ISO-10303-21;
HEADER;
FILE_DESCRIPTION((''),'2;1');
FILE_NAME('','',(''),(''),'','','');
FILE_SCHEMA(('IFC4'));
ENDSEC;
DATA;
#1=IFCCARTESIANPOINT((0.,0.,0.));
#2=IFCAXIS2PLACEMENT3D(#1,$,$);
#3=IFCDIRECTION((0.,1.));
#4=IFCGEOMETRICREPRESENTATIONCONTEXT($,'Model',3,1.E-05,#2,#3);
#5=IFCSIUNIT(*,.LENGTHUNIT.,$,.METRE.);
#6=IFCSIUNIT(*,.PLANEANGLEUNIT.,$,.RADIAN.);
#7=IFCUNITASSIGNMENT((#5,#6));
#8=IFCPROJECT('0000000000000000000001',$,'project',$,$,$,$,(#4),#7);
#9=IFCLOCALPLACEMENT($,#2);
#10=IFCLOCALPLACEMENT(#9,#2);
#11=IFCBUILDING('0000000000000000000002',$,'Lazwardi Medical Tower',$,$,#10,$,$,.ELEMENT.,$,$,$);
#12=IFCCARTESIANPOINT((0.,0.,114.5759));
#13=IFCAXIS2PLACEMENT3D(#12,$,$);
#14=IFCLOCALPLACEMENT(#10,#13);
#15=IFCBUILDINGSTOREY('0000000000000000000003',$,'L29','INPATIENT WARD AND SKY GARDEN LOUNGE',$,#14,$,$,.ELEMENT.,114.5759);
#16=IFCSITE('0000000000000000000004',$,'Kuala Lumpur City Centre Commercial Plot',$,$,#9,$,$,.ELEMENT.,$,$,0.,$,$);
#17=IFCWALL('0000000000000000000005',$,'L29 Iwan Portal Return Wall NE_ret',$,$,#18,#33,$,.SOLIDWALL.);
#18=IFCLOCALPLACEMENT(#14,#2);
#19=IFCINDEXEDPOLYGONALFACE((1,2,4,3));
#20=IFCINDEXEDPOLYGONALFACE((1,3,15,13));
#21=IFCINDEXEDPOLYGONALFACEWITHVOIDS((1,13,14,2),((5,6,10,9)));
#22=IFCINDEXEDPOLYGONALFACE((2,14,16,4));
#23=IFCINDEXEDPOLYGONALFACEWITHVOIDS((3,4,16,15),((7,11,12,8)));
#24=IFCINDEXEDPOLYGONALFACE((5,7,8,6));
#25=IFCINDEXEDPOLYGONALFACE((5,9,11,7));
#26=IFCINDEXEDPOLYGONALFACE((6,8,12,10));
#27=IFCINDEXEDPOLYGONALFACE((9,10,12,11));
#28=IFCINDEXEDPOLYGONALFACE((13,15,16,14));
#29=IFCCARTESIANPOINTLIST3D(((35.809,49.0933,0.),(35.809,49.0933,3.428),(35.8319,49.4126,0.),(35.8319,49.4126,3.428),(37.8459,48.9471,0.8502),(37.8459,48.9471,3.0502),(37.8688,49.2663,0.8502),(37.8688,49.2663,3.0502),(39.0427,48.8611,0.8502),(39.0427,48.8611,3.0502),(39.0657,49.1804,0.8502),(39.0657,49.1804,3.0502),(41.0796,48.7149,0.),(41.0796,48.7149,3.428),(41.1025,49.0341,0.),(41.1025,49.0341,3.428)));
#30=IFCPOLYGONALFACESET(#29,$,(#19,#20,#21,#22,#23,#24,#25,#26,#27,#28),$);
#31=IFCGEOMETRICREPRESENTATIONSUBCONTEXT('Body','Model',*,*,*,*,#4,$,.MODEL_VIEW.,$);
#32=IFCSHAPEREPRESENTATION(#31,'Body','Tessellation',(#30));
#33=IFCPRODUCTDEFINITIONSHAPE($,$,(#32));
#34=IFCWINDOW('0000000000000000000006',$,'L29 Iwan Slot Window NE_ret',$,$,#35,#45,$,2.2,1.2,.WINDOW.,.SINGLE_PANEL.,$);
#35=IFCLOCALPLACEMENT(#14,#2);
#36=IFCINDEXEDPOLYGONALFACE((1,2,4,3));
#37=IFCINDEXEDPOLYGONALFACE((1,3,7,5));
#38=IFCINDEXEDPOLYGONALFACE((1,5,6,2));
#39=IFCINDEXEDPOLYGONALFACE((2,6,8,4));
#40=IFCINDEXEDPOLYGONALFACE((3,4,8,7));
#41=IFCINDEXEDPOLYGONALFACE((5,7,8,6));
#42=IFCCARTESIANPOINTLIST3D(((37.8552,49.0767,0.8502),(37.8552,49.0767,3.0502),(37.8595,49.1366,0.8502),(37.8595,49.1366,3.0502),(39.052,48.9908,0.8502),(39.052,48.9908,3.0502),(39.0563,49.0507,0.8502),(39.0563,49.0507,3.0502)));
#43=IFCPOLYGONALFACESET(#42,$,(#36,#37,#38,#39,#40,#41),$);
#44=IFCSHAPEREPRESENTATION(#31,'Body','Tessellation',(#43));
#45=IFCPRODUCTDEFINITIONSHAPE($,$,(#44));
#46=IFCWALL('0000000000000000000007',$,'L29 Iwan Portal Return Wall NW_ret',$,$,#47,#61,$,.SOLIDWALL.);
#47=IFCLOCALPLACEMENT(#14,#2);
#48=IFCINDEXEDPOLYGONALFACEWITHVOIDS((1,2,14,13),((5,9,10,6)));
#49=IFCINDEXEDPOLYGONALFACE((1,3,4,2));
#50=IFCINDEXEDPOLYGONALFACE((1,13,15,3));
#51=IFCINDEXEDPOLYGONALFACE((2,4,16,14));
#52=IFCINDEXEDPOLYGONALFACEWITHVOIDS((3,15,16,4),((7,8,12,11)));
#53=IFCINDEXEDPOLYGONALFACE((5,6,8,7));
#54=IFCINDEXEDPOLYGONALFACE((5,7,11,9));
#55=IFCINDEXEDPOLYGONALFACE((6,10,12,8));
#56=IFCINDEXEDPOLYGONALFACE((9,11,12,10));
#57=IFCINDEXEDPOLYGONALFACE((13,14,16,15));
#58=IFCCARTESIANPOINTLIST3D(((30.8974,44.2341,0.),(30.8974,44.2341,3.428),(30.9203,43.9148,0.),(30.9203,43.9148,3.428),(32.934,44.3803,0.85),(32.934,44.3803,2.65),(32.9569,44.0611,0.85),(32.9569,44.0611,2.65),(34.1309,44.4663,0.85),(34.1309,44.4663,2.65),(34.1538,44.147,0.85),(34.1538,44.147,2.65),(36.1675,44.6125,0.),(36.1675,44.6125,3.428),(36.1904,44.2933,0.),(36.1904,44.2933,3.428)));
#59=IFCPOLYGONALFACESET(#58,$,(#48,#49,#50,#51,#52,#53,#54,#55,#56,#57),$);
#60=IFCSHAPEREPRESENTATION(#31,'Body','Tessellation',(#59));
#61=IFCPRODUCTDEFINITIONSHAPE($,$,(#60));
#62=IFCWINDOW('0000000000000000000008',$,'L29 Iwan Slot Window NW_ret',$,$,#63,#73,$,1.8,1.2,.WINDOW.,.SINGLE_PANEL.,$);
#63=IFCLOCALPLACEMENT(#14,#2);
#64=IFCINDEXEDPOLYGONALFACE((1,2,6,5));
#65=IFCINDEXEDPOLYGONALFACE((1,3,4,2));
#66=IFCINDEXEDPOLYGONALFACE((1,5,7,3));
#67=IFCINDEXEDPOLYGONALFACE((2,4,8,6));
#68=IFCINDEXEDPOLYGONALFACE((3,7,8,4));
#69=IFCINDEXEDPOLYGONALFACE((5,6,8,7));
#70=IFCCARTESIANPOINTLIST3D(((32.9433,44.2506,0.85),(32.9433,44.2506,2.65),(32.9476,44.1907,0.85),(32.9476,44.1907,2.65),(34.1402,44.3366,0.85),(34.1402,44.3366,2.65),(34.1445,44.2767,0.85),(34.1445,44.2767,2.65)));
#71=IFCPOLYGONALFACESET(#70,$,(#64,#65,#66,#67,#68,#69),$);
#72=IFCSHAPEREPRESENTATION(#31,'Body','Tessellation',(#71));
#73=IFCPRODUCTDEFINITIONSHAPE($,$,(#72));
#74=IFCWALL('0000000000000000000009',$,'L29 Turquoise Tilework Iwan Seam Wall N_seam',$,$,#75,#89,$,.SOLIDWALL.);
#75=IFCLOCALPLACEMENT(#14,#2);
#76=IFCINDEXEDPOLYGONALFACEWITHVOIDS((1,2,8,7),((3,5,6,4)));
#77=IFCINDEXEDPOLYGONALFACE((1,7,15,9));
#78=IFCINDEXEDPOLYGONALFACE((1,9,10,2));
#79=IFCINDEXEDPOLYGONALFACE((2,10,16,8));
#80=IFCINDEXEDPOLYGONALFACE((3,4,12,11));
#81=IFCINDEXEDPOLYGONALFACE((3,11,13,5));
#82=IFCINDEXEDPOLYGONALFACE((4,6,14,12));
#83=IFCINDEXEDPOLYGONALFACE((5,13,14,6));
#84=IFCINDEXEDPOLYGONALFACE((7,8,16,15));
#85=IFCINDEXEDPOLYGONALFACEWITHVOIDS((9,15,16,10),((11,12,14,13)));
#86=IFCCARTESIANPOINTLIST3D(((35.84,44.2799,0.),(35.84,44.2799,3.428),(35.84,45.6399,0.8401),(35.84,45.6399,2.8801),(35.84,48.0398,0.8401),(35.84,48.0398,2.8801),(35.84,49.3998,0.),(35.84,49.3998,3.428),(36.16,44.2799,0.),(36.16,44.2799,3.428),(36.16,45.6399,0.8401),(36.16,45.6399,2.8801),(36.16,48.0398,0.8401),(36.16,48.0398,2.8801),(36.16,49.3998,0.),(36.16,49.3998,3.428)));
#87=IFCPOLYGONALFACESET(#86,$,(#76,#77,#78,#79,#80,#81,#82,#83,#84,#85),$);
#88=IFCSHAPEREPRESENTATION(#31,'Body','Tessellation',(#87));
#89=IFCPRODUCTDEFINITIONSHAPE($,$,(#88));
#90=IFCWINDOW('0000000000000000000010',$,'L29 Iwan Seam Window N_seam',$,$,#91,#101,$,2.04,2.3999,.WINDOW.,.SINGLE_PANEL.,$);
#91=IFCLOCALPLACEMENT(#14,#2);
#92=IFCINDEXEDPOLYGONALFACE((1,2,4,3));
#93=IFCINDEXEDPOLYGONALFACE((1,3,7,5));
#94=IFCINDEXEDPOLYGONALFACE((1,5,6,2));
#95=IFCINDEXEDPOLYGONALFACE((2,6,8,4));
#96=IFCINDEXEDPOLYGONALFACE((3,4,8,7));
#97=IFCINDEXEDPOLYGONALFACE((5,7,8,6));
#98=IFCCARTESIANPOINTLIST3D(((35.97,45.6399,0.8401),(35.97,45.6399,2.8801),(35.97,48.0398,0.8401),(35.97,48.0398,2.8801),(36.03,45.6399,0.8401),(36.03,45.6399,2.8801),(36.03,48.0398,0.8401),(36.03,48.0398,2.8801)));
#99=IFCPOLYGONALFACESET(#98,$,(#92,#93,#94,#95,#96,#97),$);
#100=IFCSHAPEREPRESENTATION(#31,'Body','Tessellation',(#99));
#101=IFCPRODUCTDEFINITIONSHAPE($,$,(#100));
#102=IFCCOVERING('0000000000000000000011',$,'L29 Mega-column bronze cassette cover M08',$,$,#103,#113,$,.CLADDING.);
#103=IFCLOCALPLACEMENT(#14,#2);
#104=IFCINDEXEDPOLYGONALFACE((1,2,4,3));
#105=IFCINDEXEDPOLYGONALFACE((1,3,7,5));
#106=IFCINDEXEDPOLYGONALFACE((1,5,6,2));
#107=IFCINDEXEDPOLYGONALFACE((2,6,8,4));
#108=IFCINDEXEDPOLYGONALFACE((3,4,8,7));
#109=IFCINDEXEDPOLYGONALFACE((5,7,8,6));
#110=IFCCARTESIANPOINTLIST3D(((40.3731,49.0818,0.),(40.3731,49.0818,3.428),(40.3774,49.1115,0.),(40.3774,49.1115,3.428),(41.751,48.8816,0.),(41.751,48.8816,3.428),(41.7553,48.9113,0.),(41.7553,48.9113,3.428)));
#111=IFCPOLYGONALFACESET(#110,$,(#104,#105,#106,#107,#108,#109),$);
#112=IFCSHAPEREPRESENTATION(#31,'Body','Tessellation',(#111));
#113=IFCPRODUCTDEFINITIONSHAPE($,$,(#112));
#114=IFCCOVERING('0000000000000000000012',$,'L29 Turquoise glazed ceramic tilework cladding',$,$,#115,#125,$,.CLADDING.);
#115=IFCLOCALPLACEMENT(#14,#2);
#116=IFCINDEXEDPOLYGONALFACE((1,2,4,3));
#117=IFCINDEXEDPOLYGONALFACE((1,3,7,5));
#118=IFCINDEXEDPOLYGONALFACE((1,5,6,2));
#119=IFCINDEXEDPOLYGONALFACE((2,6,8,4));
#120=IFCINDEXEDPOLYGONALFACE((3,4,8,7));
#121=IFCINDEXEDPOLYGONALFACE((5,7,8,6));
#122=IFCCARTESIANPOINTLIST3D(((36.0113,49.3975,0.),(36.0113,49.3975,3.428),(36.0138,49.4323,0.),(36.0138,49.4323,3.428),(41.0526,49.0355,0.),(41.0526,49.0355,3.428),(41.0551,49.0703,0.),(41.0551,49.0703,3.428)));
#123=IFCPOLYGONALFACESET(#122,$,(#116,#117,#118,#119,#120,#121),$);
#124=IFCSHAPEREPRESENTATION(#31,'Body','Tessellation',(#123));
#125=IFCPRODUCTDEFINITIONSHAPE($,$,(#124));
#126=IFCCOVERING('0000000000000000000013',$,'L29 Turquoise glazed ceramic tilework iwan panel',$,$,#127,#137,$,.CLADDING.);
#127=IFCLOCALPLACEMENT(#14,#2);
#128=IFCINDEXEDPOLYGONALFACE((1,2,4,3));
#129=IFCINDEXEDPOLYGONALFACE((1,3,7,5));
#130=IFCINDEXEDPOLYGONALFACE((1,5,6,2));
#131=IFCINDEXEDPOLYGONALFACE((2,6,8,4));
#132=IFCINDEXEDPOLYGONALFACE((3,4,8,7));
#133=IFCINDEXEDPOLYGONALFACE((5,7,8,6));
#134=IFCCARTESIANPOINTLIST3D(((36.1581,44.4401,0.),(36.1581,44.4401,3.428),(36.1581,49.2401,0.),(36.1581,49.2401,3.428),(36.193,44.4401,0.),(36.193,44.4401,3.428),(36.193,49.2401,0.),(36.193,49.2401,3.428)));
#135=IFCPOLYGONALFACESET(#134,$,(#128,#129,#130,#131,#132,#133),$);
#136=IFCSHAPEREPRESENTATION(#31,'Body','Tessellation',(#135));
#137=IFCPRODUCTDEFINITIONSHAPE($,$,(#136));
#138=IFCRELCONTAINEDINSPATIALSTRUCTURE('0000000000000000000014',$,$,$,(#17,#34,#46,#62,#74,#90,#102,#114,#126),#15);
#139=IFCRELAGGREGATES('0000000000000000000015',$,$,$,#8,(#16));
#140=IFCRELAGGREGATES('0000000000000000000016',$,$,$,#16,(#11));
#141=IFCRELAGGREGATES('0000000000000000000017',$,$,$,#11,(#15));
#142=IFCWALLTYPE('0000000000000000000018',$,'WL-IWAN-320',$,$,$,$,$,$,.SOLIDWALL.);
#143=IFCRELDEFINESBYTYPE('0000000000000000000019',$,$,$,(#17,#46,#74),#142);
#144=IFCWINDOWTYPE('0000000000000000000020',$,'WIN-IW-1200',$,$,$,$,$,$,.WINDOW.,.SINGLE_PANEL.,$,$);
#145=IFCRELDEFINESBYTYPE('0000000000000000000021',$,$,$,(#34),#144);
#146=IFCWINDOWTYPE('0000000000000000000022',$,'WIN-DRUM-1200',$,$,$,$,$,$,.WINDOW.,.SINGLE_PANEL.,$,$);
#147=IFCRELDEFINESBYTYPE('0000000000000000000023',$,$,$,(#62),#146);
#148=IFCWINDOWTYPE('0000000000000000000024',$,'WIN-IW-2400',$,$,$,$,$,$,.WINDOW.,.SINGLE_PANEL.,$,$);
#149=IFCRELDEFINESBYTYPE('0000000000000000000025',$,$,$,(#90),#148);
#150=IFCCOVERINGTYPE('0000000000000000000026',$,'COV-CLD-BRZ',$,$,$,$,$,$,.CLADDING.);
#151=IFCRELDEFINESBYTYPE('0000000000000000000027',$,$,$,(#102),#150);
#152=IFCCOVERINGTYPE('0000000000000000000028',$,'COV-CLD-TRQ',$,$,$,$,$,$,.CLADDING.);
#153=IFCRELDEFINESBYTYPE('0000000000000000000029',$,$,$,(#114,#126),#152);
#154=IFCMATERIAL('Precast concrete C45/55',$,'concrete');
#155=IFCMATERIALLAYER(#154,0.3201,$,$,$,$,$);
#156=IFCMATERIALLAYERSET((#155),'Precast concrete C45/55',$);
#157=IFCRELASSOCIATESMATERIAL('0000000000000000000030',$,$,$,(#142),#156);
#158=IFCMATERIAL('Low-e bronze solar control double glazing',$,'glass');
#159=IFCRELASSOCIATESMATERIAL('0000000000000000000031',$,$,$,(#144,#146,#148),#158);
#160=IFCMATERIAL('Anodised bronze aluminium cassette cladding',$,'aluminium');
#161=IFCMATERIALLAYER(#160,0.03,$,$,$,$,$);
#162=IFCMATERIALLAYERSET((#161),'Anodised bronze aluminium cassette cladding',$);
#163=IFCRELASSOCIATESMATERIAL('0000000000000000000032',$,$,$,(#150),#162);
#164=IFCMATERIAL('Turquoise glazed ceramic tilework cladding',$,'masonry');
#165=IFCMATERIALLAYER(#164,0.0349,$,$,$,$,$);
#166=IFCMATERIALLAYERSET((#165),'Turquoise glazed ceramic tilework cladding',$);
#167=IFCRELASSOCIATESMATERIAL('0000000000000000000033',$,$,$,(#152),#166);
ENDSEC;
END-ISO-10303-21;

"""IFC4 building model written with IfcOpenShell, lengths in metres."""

from ifc_helpers import new_model, si_unit, direction, frame, frame_2d, origin, origin_2d, place, context, subcontext, project, spatial, rectangle, extrude, material, layer, layer_set, type_object, element, fill, save


model = new_model("IFC4")

# Units and contexts
model_context = context("Model", 3, precision=1e-05, world=origin(), true_north=direction((0.0, 1.0)))
body_context = subcontext(model_context, "Body", "Model", "MODEL_VIEW")
ifc_project = project(units=[si_unit("LENGTHUNIT", "METRE"), si_unit("PLANEANGLEUNIT", "RADIAN")], contexts=[model_context])

# Site, building, storey
site_placement = place(None, origin())
site = spatial("IfcSite", under=ifc_project, at=site_placement, Name="Kuala Lumpur City Centre Commercial Plot", CompositionType="ELEMENT", RefElevation=0.0)
building_placement = place(site_placement, origin())
building = spatial("IfcBuilding", under=site, at=building_placement, Name="Lazwardi Medical Tower", CompositionType="ELEMENT")
storey_placement = place(building_placement, frame((0.0, 0.0, 114.5759)))
storey = spatial("IfcBuildingStorey", under=building, at=storey_placement, Name="L29", Description="INPATIENT WARD AND SKY GARDEN LOUNGE", CompositionType="ELEMENT", Elevation=114.5759)

# Shared definitions
ifc_material_1 = material(Name="Low-e bronze solar control double glazing", Category="glass")

# Walls, openings, windows
ifc_material_2 = material(Name="Precast concrete C45/55", Category="concrete")
ifc_layer_1 = layer(ifc_material_2, 0.3201)
ifc_layer_set_1 = layer_set([ifc_layer_1], Name="Precast concrete C45/55")
wall_type_1 = type_object("IfcWallType", Name="WL-IWAN-320", PredefinedType="SOLIDWALL", material=ifc_layer_set_1)
wall_1_placement = place(storey_placement, frame((41.0911, 48.8745, 0.0), z_axis=(0.0, 0.0, 1.0), x_axis=(-0.997432, 0.071615, 0.0)))
wall_1 = element("IfcWall", 1, at=wall_1_placement, inside=storey, type_object=wall_type_1, Name="L29 Iwan Portal Return Wall NE_ret", PredefinedType="SOLIDWALL", context=body_context, shape_type="SweptSolid", body=[
    extrude(rectangle(XDim=5.2842, YDim=0.3201, at=frame_2d((2.6421, 0.0))), origin(), (0.0, 0.0, 1.0), 3.428),
])
opening_1_placement = place(wall_1_placement, frame((2.042, 0.0, 0.8501)))
opening_1 = element("IfcOpeningElement", 2, at=opening_1_placement, cuts=wall_1, PredefinedType="OPENING", context=body_context, shape_type="SweptSolid", body=[
    extrude(rectangle(XDim=1.2, YDim=2.2, at=frame_2d((0.6001, 1.1001))), frame((0.0, 0.1699, 0.0), z_axis=(0.0, -1.0, 0.0), x_axis=(1.0, 0.0, 0.0)), (0.0, 0.0, 1.0), 0.3401),
])
window_type_1 = type_object("IfcWindowType", Name="WIN-IW-1200", PartitioningType="SINGLE_PANEL", PredefinedType="WINDOW", material=ifc_material_1)
window_1_placement = place(opening_1_placement, origin())
window_1 = element("IfcWindow", 3, at=window_1_placement, inside=storey, type_object=window_type_1, Name="L29 Iwan Slot Window NE_ret", OverallHeight=2.2, OverallWidth=1.2, PartitioningType="SINGLE_PANEL", PredefinedType="WINDOW", context=body_context, shape_type="SweptSolid", body=[
    extrude(rectangle(XDim=1.2, YDim=2.2, at=frame_2d((0.6001, 1.1001))), frame((0.0, 0.03, 0.0), z_axis=(0.0, -1.0, 0.0), x_axis=(1.0, 0.0, 0.0)), (0.0, 0.0, 1.0), 0.0601),
])
fill(opening_1, window_1)
wall_2_placement = place(storey_placement, frame((36.179, 44.4529, 0.0), z_axis=(0.0, 0.0, 1.0), x_axis=(-0.997432, -0.071621, 0.0)))
wall_2 = element("IfcWall", 4, at=wall_2_placement, inside=storey, type_object=wall_type_1, Name="L29 Iwan Portal Return Wall NW_ret", PredefinedType="SOLIDWALL", context=body_context, shape_type="SweptSolid", body=[
    extrude(rectangle(XDim=5.2837, YDim=0.3201, at=frame_2d((2.6418, 0.0))), origin(), (0.0, 0.0, 1.0), 3.428),
])
opening_2_placement = place(wall_2_placement, frame((2.0417, 0.0, 0.8501)))
opening_2 = element("IfcOpeningElement", 5, at=opening_2_placement, cuts=wall_2, PredefinedType="OPENING", context=body_context, shape_type="SweptSolid", body=[
    extrude(rectangle(XDim=1.2, YDim=1.8, at=frame_2d((0.6001, 0.8999))), frame((0.0, 0.1699, 0.0), z_axis=(0.0, -1.0, 0.0), x_axis=(1.0, 0.0, 0.0)), (0.0, 0.0, 1.0), 0.3401),
])
window_type_2 = type_object("IfcWindowType", Name="WIN-DRUM-1200", PartitioningType="SINGLE_PANEL", PredefinedType="WINDOW", material=ifc_material_1)
window_2_placement = place(opening_2_placement, origin())
window_2 = element("IfcWindow", 6, at=window_2_placement, inside=storey, type_object=window_type_2, Name="L29 Iwan Slot Window NW_ret", OverallHeight=1.8, OverallWidth=1.2, PartitioningType="SINGLE_PANEL", PredefinedType="WINDOW", context=body_context, shape_type="SweptSolid", body=[
    extrude(rectangle(XDim=1.2, YDim=1.8, at=frame_2d((0.6001, 0.8999))), frame((0.0, 0.03, 0.0), z_axis=(0.0, -1.0, 0.0), x_axis=(1.0, 0.0, 0.0)), (0.0, 0.0, 1.0), 0.0601),
])
fill(opening_2, window_2)
wall_3_placement = place(storey_placement, frame((36.0, 49.3999, 0.0), z_axis=(0.0, 0.0, 1.0), x_axis=(0.0, -1.0, 0.0)))
wall_3 = element("IfcWall", 7, at=wall_3_placement, inside=storey, type_object=wall_type_1, Name="L29 Turquoise Tilework Iwan Seam Wall N_seam", PredefinedType="SOLIDWALL", context=body_context, shape_type="SweptSolid", body=[
    extrude(rectangle(XDim=5.1199, YDim=0.3201, at=frame_2d((2.5601, 0.0))), origin(), (0.0, 0.0, 1.0), 3.428),
])
opening_3_placement = place(wall_3_placement, frame((1.3601, 0.0, 0.8401)))
opening_3 = element("IfcOpeningElement", 8, at=opening_3_placement, cuts=wall_3, PredefinedType="OPENING", context=body_context, shape_type="SweptSolid", body=[
    extrude(rectangle(XDim=2.3999, YDim=2.04, at=frame_2d((1.2, 1.02))), frame((0.0, 0.1699, 0.0), z_axis=(0.0, -1.0, 0.0), x_axis=(1.0, 0.0, 0.0)), (0.0, 0.0, 1.0), 0.3401),
])
window_type_3 = type_object("IfcWindowType", Name="WIN-IW-2400", PartitioningType="SINGLE_PANEL", PredefinedType="WINDOW", material=ifc_material_1)
window_3_placement = place(opening_3_placement, origin())
window_3 = element("IfcWindow", 9, at=window_3_placement, inside=storey, type_object=window_type_3, Name="L29 Iwan Seam Window N_seam", OverallHeight=2.04, OverallWidth=2.3999, PartitioningType="SINGLE_PANEL", PredefinedType="WINDOW", context=body_context, shape_type="SweptSolid", body=[
    extrude(rectangle(XDim=2.3999, YDim=2.04, at=frame_2d((1.2, 1.02))), frame((0.0, 0.03, 0.0), z_axis=(0.0, -1.0, 0.0), x_axis=(1.0, 0.0, 0.0)), (0.0, 0.0, 1.0), 0.0601),
])
fill(opening_3, window_3)

# Coverings
ifc_material_3 = material(Name="Anodised bronze aluminium cassette cladding", Category="aluminium")
ifc_layer_2 = layer(ifc_material_3, 0.03)
ifc_layer_set_2 = layer_set([ifc_layer_2], Name="Anodised bronze aluminium cassette cladding")
covering_type_1 = type_object("IfcCoveringType", Name="COV-CLD-BRZ", PredefinedType="CLADDING", material=ifc_layer_set_2)
covering_1_placement = place(storey_placement, frame((41.0642, 48.9966, 0.0), z_axis=(0.0, 0.0, 1.0), x_axis=(-0.989609, 0.143785, 0.0)))
element("IfcCovering", 10, at=covering_1_placement, inside=storey, type_object=covering_type_1, Name="L29 Mega-column bronze cassette cover M08", PredefinedType="CLADDING", context=body_context, shape_type="SweptSolid", body=[
    extrude(rectangle(XDim=1.3923, YDim=0.03, at=origin_2d()), origin(), (0.0, 0.0, 1.0), 3.428),
])
ifc_material_4 = material(Name="Turquoise glazed ceramic tilework cladding", Category="masonry")
ifc_layer_3 = layer(ifc_material_4, 0.0349)
ifc_layer_set_3 = layer_set([ifc_layer_3], Name="Turquoise glazed ceramic tilework cladding")
covering_type_2 = type_object("IfcCoveringType", Name="COV-CLD-TRQ", PredefinedType="CLADDING", material=ifc_layer_set_3)
covering_2_placement = place(storey_placement, frame((38.5332, 49.2339, 0.0), z_axis=(0.0, 0.0, 1.0), x_axis=(-0.997432, 0.071625, 0.0)))
element("IfcCovering", 11, at=covering_2_placement, inside=storey, type_object=covering_type_2, Name="L29 Turquoise glazed ceramic tilework cladding", PredefinedType="CLADDING", context=body_context, shape_type="SweptSolid", body=[
    extrude(rectangle(XDim=5.0542, YDim=0.0349, at=origin_2d()), origin(), (0.0, 0.0, 1.0), 3.428),
])
covering_3_placement = place(storey_placement, frame((36.1755, 46.8401, 0.0), z_axis=(0.0, 0.0, 1.0), x_axis=(0.0, -1.0, 0.0)))
element("IfcCovering", 12, at=covering_3_placement, inside=storey, type_object=covering_type_2, Name="L29 Turquoise glazed ceramic tilework iwan panel", PredefinedType="CLADDING", context=body_context, shape_type="SweptSolid", body=[
    extrude(rectangle(XDim=4.8, YDim=0.0349, at=origin_2d()), origin(), (0.0, 0.0, 1.0), 3.428),
])

save(model, "model.ifc")
